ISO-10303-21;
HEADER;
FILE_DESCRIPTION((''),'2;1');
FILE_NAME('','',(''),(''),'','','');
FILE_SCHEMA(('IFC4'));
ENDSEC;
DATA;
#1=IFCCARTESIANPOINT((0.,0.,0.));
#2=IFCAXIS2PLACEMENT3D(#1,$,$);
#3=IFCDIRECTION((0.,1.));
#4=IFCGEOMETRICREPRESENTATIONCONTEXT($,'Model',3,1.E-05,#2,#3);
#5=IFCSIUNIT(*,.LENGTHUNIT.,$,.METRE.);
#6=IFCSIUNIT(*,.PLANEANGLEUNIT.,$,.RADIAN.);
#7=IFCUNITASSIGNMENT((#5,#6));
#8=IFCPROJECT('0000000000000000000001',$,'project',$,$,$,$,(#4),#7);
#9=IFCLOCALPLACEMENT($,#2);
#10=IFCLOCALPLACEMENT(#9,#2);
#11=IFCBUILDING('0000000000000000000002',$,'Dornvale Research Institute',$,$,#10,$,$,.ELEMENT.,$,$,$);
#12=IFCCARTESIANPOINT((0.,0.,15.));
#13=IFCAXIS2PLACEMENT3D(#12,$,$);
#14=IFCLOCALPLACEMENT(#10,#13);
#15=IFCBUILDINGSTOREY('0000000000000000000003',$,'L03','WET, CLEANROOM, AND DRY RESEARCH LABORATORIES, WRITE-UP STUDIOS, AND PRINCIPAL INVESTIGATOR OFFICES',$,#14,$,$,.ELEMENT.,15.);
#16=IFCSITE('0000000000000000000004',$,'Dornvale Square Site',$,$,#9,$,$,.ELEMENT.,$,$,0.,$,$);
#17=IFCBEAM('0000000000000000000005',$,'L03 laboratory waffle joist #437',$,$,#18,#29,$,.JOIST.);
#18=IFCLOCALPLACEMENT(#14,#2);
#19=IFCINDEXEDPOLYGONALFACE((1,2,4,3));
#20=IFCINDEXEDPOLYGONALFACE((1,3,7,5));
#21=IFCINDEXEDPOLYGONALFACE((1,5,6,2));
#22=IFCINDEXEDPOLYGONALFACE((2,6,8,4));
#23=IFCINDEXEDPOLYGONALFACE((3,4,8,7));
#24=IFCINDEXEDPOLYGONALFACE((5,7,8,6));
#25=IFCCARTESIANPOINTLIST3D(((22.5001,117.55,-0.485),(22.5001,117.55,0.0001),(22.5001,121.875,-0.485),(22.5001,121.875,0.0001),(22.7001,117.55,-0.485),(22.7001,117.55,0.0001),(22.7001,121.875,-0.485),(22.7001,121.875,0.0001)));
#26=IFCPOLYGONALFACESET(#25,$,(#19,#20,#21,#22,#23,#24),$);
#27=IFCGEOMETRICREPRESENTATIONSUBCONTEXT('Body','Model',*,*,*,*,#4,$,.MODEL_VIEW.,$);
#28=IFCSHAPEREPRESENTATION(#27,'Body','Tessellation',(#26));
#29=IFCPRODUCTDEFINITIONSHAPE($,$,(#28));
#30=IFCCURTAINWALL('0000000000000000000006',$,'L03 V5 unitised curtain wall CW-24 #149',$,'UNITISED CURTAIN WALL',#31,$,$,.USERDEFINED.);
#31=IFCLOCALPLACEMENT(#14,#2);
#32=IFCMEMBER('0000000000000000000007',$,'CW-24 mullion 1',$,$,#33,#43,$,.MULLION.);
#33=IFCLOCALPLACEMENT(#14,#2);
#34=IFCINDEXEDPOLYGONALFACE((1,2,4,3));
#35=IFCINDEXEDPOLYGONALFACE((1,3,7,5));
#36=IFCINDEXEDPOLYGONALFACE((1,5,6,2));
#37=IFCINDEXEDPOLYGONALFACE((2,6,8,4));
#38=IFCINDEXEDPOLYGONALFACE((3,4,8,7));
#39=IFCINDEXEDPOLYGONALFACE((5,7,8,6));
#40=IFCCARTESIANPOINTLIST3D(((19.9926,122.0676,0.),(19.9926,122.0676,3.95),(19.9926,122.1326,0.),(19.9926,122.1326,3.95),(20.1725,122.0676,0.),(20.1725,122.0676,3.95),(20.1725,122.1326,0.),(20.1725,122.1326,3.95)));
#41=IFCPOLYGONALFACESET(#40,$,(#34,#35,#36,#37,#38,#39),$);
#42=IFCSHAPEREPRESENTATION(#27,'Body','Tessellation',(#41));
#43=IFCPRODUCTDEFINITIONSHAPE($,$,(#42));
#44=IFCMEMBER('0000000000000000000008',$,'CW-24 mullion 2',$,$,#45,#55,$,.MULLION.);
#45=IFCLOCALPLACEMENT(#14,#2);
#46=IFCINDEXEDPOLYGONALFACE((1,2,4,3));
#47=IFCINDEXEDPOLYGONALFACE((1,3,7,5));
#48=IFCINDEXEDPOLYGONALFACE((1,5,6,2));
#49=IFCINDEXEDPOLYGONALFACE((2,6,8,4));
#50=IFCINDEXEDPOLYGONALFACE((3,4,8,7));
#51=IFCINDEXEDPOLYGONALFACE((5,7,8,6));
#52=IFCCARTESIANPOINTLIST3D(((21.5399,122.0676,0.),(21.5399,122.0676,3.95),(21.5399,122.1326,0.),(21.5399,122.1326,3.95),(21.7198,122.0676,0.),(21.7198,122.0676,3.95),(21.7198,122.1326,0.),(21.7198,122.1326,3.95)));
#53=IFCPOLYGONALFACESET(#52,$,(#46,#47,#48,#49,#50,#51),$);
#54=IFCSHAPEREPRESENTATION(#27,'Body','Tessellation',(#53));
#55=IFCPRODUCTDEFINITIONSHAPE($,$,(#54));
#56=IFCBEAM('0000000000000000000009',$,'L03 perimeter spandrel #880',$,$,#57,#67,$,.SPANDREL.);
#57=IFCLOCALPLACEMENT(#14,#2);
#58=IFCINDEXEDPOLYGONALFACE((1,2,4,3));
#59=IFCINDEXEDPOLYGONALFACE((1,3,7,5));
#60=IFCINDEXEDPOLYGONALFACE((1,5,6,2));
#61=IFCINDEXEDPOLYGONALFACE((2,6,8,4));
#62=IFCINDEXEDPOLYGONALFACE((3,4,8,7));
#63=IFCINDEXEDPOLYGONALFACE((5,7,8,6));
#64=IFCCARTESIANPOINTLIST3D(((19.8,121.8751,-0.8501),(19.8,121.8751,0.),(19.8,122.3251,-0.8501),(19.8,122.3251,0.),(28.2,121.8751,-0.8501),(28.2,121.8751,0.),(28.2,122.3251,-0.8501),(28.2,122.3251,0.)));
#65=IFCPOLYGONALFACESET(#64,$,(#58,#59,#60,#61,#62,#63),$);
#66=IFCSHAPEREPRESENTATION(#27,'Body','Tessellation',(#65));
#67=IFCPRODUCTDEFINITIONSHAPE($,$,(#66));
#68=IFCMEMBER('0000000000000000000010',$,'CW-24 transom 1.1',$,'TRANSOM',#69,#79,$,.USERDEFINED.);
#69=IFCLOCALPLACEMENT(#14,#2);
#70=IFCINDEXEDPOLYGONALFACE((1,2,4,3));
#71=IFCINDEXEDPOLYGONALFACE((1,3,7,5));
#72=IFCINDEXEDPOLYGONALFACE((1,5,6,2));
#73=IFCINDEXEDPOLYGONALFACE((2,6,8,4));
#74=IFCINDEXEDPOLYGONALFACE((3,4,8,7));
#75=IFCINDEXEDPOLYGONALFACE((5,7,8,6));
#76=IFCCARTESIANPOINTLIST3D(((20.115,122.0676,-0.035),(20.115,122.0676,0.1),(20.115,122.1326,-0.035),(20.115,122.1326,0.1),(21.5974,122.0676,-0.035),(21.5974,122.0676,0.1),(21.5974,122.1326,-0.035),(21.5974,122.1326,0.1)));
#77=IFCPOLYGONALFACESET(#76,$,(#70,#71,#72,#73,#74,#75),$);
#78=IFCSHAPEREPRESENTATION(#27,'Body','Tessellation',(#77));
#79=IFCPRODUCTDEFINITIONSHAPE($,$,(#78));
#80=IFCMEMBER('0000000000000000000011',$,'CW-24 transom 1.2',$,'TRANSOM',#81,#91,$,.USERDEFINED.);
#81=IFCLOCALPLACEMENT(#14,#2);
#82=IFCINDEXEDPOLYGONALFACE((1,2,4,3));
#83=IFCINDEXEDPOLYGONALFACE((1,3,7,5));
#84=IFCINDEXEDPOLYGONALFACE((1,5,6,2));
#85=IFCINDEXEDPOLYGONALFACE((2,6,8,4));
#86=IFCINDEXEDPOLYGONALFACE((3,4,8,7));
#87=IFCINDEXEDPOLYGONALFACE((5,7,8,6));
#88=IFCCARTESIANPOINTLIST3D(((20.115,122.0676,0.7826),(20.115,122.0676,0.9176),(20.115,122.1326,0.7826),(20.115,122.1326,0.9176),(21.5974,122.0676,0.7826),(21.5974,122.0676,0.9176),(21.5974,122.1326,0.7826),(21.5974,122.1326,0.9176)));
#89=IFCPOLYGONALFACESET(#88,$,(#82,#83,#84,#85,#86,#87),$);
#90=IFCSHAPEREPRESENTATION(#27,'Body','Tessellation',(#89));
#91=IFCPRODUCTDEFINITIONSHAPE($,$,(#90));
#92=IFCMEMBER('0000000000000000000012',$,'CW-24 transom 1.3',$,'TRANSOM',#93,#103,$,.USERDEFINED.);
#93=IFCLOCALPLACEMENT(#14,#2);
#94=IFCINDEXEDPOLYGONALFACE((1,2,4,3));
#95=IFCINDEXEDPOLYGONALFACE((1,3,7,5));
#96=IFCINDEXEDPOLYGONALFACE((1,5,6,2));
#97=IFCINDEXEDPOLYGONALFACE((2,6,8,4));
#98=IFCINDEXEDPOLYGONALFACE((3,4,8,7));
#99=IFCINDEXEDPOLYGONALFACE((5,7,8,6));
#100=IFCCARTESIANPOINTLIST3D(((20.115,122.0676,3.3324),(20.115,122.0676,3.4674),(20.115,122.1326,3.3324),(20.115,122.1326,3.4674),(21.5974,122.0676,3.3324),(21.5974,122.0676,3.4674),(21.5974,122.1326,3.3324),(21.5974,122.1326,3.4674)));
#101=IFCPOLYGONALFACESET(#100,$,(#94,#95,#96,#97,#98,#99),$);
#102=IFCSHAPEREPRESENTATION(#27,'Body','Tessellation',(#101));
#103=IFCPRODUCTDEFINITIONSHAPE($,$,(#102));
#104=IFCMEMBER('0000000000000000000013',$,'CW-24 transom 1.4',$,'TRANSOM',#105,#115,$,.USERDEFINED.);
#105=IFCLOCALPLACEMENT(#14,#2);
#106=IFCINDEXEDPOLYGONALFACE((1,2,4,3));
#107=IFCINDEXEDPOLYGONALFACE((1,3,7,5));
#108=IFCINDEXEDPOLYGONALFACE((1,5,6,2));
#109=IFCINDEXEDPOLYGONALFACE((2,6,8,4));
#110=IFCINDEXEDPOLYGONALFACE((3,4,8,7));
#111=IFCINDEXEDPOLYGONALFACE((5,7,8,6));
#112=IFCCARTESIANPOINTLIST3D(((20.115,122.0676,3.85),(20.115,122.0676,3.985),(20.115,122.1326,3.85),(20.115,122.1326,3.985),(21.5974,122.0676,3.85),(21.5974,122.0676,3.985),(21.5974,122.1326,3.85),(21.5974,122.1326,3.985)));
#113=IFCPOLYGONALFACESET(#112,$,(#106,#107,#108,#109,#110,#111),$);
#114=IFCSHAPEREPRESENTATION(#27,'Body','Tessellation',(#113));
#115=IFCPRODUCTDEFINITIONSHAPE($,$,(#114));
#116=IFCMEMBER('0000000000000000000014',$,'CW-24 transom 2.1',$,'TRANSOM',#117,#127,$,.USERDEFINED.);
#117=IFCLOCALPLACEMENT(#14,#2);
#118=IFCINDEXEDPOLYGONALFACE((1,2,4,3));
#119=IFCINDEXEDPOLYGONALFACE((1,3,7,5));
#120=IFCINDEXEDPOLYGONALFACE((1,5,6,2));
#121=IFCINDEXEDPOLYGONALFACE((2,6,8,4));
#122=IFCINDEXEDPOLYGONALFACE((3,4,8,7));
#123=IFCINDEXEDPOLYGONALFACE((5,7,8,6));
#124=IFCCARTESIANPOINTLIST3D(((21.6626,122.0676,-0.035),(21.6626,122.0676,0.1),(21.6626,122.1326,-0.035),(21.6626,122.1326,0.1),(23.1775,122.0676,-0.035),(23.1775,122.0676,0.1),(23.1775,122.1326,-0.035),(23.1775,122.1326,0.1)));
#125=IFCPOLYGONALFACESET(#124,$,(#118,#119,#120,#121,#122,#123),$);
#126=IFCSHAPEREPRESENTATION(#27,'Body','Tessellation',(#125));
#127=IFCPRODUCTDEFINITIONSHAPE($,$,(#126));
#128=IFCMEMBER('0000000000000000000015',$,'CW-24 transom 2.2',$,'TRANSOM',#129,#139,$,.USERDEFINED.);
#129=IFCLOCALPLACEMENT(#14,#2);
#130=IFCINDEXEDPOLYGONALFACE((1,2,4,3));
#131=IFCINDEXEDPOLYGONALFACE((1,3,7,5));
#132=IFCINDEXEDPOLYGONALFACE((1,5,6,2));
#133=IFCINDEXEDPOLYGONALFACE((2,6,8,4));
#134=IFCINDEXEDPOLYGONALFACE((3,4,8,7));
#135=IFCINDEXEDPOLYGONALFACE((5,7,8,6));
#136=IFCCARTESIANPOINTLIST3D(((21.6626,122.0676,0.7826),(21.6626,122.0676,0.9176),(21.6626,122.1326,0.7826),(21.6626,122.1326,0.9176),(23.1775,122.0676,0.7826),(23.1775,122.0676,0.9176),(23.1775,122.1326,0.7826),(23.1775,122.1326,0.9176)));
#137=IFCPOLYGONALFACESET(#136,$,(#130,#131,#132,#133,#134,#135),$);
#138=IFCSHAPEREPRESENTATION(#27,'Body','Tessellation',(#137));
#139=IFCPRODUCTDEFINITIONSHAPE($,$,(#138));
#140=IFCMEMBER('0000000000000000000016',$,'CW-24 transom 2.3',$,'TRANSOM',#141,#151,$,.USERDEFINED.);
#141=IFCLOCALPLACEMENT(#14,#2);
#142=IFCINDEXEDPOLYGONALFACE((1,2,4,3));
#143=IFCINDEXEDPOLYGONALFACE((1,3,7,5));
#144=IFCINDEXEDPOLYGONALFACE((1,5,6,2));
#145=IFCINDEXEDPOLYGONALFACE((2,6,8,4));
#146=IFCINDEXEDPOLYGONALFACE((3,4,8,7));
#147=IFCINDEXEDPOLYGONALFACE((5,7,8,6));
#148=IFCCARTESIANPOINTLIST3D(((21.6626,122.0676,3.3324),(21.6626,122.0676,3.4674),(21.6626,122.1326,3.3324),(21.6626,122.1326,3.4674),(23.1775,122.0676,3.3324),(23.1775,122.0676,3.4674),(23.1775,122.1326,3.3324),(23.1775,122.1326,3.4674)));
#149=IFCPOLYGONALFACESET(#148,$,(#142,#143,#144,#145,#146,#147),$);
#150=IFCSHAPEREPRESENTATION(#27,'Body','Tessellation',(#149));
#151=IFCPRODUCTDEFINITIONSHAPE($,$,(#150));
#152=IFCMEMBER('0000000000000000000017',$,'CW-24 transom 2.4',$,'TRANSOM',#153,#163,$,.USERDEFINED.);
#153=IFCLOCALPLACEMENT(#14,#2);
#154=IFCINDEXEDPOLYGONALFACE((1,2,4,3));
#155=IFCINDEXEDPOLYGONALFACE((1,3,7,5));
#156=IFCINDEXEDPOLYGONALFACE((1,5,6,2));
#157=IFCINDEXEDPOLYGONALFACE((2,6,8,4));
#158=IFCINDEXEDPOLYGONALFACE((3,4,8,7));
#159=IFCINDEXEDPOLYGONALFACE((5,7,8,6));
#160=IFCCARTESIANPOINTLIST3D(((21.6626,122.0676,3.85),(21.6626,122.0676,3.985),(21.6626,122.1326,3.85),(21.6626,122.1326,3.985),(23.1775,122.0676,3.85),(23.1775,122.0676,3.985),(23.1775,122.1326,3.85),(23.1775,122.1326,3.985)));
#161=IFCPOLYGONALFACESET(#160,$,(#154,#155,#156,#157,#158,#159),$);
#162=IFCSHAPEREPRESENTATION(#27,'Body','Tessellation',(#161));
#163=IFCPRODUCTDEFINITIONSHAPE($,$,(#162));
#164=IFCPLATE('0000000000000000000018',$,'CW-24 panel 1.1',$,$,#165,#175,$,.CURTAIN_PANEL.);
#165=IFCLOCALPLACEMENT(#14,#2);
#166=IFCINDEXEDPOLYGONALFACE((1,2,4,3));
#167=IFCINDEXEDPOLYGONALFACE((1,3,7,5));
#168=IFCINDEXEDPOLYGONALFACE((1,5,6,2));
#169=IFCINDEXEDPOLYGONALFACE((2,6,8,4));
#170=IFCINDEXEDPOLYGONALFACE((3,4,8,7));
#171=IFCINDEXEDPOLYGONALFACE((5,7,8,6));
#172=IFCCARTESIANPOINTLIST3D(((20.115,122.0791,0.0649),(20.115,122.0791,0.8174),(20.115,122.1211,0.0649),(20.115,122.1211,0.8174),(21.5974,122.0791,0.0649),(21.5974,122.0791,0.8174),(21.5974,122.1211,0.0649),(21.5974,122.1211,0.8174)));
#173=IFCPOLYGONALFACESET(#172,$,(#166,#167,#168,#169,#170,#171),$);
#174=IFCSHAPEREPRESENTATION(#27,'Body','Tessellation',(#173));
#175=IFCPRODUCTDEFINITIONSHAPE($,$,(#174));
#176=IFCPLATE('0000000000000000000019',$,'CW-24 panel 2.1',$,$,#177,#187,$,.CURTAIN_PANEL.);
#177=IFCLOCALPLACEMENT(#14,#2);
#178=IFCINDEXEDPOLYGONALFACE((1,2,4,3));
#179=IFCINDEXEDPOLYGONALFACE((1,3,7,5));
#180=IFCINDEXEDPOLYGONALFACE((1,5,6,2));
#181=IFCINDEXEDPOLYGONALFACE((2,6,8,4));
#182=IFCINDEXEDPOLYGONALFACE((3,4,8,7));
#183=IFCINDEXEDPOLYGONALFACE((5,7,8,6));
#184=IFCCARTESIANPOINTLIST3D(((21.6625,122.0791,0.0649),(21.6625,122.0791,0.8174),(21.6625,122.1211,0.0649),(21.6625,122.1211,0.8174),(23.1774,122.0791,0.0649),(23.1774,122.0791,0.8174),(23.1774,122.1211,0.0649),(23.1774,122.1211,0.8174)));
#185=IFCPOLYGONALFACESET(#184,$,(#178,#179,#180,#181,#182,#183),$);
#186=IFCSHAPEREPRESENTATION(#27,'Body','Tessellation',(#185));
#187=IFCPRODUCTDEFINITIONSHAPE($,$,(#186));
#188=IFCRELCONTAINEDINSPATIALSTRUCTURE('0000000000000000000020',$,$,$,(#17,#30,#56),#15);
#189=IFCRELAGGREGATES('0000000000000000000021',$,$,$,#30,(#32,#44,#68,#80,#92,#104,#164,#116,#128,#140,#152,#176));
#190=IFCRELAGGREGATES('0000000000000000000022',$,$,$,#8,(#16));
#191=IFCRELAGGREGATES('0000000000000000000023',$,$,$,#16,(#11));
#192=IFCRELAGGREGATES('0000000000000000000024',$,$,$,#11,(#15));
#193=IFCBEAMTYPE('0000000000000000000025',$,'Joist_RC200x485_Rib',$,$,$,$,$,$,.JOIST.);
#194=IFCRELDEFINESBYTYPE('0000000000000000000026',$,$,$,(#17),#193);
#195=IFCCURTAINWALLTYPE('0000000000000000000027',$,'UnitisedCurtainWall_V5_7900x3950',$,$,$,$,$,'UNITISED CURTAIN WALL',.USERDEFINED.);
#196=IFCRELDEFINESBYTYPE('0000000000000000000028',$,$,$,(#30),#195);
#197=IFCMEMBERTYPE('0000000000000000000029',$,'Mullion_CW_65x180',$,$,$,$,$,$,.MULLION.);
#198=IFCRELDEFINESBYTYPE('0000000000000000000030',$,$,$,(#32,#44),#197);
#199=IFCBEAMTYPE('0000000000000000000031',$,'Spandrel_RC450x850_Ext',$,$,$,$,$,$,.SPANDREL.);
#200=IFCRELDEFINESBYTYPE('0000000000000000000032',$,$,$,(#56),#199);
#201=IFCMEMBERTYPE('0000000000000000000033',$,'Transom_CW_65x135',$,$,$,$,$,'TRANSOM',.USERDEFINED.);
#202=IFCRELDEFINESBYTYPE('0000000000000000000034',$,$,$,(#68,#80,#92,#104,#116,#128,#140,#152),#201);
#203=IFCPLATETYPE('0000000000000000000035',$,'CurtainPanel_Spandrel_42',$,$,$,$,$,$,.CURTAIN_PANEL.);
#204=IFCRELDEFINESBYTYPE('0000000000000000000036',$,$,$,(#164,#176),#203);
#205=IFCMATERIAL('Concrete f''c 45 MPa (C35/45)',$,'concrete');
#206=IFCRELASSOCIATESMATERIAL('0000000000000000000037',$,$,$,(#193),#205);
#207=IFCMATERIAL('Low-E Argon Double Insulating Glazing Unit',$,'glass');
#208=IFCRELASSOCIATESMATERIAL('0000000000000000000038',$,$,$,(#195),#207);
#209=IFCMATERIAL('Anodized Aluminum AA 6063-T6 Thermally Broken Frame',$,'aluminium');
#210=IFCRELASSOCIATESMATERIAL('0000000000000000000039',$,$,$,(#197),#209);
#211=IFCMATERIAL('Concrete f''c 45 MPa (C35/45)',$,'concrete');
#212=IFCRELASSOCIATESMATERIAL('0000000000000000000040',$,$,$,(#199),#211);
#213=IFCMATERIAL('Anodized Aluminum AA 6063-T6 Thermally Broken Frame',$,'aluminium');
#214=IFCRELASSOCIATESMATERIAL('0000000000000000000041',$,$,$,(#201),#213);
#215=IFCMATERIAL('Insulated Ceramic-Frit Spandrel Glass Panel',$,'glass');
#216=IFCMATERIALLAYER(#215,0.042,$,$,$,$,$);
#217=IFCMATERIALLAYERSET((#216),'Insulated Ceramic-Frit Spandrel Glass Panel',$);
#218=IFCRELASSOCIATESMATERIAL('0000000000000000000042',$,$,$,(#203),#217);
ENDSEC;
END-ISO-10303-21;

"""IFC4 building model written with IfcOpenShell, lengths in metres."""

from ifc_helpers import new_model, si_unit, direction, frame, origin, origin_2d, place, context, subcontext, project, spatial, rectangle, extrude, material, layer, layer_set, material_profile, profile_set, type_object, element, aggregate, save


model = new_model("IFC4")

# Units and contexts
model_context = context("Model", 3, precision=1e-05, world=origin(), true_north=direction((0.0, 1.0)))
body_context = subcontext(model_context, "Body", "Model", "MODEL_VIEW")
ifc_project = project(units=[si_unit("LENGTHUNIT", "METRE"), si_unit("PLANEANGLEUNIT", "RADIAN")], contexts=[model_context])

# Site, building, storey
site_placement = place(None, origin())
site = spatial("IfcSite", under=ifc_project, at=site_placement, Name="Dornvale Square Site", CompositionType="ELEMENT", RefElevation=0.0)
building_placement = place(site_placement, origin())
building = spatial("IfcBuilding", under=site, at=building_placement, Name="Dornvale Research Institute", CompositionType="ELEMENT")
storey_placement = place(building_placement, frame((0.0, 0.0, 15.0)))
storey = spatial("IfcBuildingStorey", under=building, at=storey_placement, Name="L03", Description="WET, CLEANROOM, AND DRY RESEARCH LABORATORIES, WRITE-UP STUDIOS, AND PRINCIPAL INVESTIGATOR OFFICES", CompositionType="ELEMENT", Elevation=15.0)

# Beam
ifc_material_1 = material(Name="Concrete f'c 45 MPa (C35/45)", Category="concrete")
ifc_material_profile_1 = material_profile(ifc_material_1, rectangle(XDim=0.2, YDim=0.4851, at=origin_2d()), Name="RC 200x485")
ifc_profile_set_1 = profile_set([ifc_material_profile_1], Name="Concrete f'c 45 MPa (C35/45)")
beam_type_1 = type_object("IfcBeamType", Name="Joist_RC200x485_Rib", PredefinedType="JOIST", material=ifc_profile_set_1)
beam_1_placement = place(storey_placement, frame((22.6001, 117.55, -0.2424), z_axis=(0.0, 1.0, 0.0), x_axis=(-1.0, 0.0, 0.0)))
element("IfcBeam", 1, at=beam_1_placement, inside=storey, type_object=beam_type_1, Name="L03 laboratory waffle joist #437", PredefinedType="JOIST", context=body_context, shape_type="SweptSolid", body=[
    extrude(rectangle(XDim=0.2, YDim=0.4851, at=origin_2d()), origin(), (0.0, 0.0, 1.0), 4.325),
])

# Curtain wall, members
ifc_material_2 = material(Name="Low-E Argon Double Insulating Glazing Unit", Category="glass")
curtain_wall_type = type_object("IfcCurtainWallType", Name="UnitisedCurtainWall_V5_7900x3950", ElementType="UNITISED CURTAIN WALL", PredefinedType="USERDEFINED", material=ifc_material_2)
curtain_wall_placement = place(storey_placement, origin())
curtain_wall = element("IfcCurtainWall", 2, at=curtain_wall_placement, inside=storey, type_object=curtain_wall_type, Name="L03 V5 unitised curtain wall CW-24 #149", ObjectType="UNITISED CURTAIN WALL", PredefinedType="USERDEFINED")
ifc_material_3 = material(Name="Anodized Aluminum AA 6063-T6 Thermally Broken Frame", Category="aluminium")
ifc_material_profile_2 = material_profile(ifc_material_3, rectangle(XDim=0.0649, YDim=0.1799, at=origin_2d()), Name="ALU MULLION 65x180")
ifc_profile_set_2 = profile_set([ifc_material_profile_2], Name="Anodized Aluminum AA 6063-T6 Thermally Broken Frame")
member_type_1 = type_object("IfcMemberType", Name="Mullion_CW_65x180", PredefinedType="MULLION", material=ifc_profile_set_2)
member_1_placement = place(storey_placement, frame((20.0825, 122.1001, 0.0), z_axis=(0.0, 0.0, 1.0), x_axis=(0.0, 1.0, 0.0)))
member_1 = element("IfcMember", 3, at=member_1_placement, type_object=member_type_1, Name="CW-24 mullion 1", PredefinedType="MULLION", context=body_context, shape_type="SweptSolid", body=[
    extrude(rectangle(XDim=0.0649, YDim=0.1799, at=origin_2d()), origin(), (0.0, 0.0, 1.0), 3.95),
])
member_2_placement = place(storey_placement, frame((21.6299, 122.1001, 0.0), z_axis=(0.0, 0.0, 1.0), x_axis=(0.0, 1.0, 0.0)))
member_2 = element("IfcMember", 4, at=member_2_placement, type_object=member_type_1, Name="CW-24 mullion 2", PredefinedType="MULLION", context=body_context, shape_type="SweptSolid", body=[
    extrude(rectangle(XDim=0.0649, YDim=0.1799, at=origin_2d()), origin(), (0.0, 0.0, 1.0), 3.95),
])

# Beam
ifc_material_4 = material(Name="Concrete f'c 45 MPa (C35/45)", Category="concrete")
ifc_material_profile_3 = material_profile(ifc_material_4, rectangle(XDim=0.45, YDim=0.8501, at=origin_2d()), Name="RC 450x850")
ifc_profile_set_3 = profile_set([ifc_material_profile_3], Name="Concrete f'c 45 MPa (C35/45)")
beam_type_2 = type_object("IfcBeamType", Name="Spandrel_RC450x850_Ext", PredefinedType="SPANDREL", material=ifc_profile_set_3)
beam_2_placement = place(storey_placement, frame((19.8, 122.1001, -0.425), z_axis=(1.0, 0.0, 0.0), x_axis=(0.0, 1.0, 0.0)))
element("IfcBeam", 5, at=beam_2_placement, inside=storey, type_object=beam_type_2, Name="L03 perimeter spandrel #880", PredefinedType="SPANDREL", context=body_context, shape_type="SweptSolid", body=[
    extrude(rectangle(XDim=0.45, YDim=0.8501, at=origin_2d()), origin(), (0.0, 0.0, 1.0), 8.3999),
])

# Members
ifc_material_5 = material(Name="Anodized Aluminum AA 6063-T6 Thermally Broken Frame", Category="aluminium")
ifc_material_profile_4 = material_profile(ifc_material_5, rectangle(XDim=0.0649, YDim=0.135, at=origin_2d()), Name="ALU TRANSOM 65x135")
ifc_profile_set_4 = profile_set([ifc_material_profile_4], Name="Anodized Aluminum AA 6063-T6 Thermally Broken Frame")
member_type_2 = type_object("IfcMemberType", Name="Transom_CW_65x135", ElementType="TRANSOM", PredefinedType="USERDEFINED", material=ifc_profile_set_4)
member_3_placement = place(storey_placement, frame((20.115, 122.1001, 0.0325), z_axis=(1.0, 0.0, 0.0), x_axis=(0.0, 1.0, 0.0)))
member_3 = element("IfcMember", 6, at=member_3_placement, type_object=member_type_2, Name="CW-24 transom 1.1", ObjectType="TRANSOM", PredefinedType="USERDEFINED", context=body_context, shape_type="SweptSolid", body=[
    extrude(rectangle(XDim=0.0649, YDim=0.135, at=origin_2d()), origin(), (0.0, 0.0, 1.0), 1.4824),
])
member_4_placement = place(storey_placement, frame((20.115, 122.1001, 0.8501), z_axis=(1.0, 0.0, 0.0), x_axis=(0.0, 1.0, 0.0)))
member_4 = element("IfcMember", 7, at=member_4_placement, type_object=member_type_2, Name="CW-24 transom 1.2", ObjectType="TRANSOM", PredefinedType="USERDEFINED", context=body_context, shape_type="SweptSolid", body=[
    extrude(rectangle(XDim=0.0649, YDim=0.135, at=origin_2d()), origin(), (0.0, 0.0, 1.0), 1.4824),
])
member_5_placement = place(storey_placement, frame((20.115, 122.1001, 3.3999), z_axis=(1.0, 0.0, 0.0), x_axis=(0.0, 1.0, 0.0)))
member_5 = element("IfcMember", 8, at=member_5_placement, type_object=member_type_2, Name="CW-24 transom 1.3", ObjectType="TRANSOM", PredefinedType="USERDEFINED", context=body_context, shape_type="SweptSolid", body=[
    extrude(rectangle(XDim=0.0649, YDim=0.135, at=origin_2d()), origin(), (0.0, 0.0, 1.0), 1.4824),
])
member_6_placement = place(storey_placement, frame((20.115, 122.1001, 3.9175), z_axis=(1.0, 0.0, 0.0), x_axis=(0.0, 1.0, 0.0)))
member_6 = element("IfcMember", 9, at=member_6_placement, type_object=member_type_2, Name="CW-24 transom 1.4", ObjectType="TRANSOM", PredefinedType="USERDEFINED", context=body_context, shape_type="SweptSolid", body=[
    extrude(rectangle(XDim=0.0649, YDim=0.135, at=origin_2d()), origin(), (0.0, 0.0, 1.0), 1.4824),
])
member_7_placement = place(storey_placement, frame((21.6626, 122.1001, 0.0325), z_axis=(1.0, 0.0, 0.0), x_axis=(0.0, 1.0, 0.0)))
member_7 = element("IfcMember", 10, at=member_7_placement, type_object=member_type_2, Name="CW-24 transom 2.1", ObjectType="TRANSOM", PredefinedType="USERDEFINED", context=body_context, shape_type="SweptSolid", body=[
    extrude(rectangle(XDim=0.0649, YDim=0.135, at=origin_2d()), origin(), (0.0, 0.0, 1.0), 1.5149),
])
member_8_placement = place(storey_placement, frame((21.6626, 122.1001, 0.8501), z_axis=(1.0, 0.0, 0.0), x_axis=(0.0, 1.0, 0.0)))
member_8 = element("IfcMember", 11, at=member_8_placement, type_object=member_type_2, Name="CW-24 transom 2.2", ObjectType="TRANSOM", PredefinedType="USERDEFINED", context=body_context, shape_type="SweptSolid", body=[
    extrude(rectangle(XDim=0.0649, YDim=0.135, at=origin_2d()), origin(), (0.0, 0.0, 1.0), 1.5149),
])
member_9_placement = place(storey_placement, frame((21.6626, 122.1001, 3.3999), z_axis=(1.0, 0.0, 0.0), x_axis=(0.0, 1.0, 0.0)))
member_9 = element("IfcMember", 12, at=member_9_placement, type_object=member_type_2, Name="CW-24 transom 2.3", ObjectType="TRANSOM", PredefinedType="USERDEFINED", context=body_context, shape_type="SweptSolid", body=[
    extrude(rectangle(XDim=0.0649, YDim=0.135, at=origin_2d()), origin(), (0.0, 0.0, 1.0), 1.5149),
])
member_10_placement = place(storey_placement, frame((21.6626, 122.1001, 3.9175), z_axis=(1.0, 0.0, 0.0), x_axis=(0.0, 1.0, 0.0)))
member_10 = element("IfcMember", 13, at=member_10_placement, type_object=member_type_2, Name="CW-24 transom 2.4", ObjectType="TRANSOM", PredefinedType="USERDEFINED", context=body_context, shape_type="SweptSolid", body=[
    extrude(rectangle(XDim=0.0649, YDim=0.135, at=origin_2d()), origin(), (0.0, 0.0, 1.0), 1.5149),
])

# Plates
ifc_material_6 = material(Name="Insulated Ceramic-Frit Spandrel Glass Panel", Category="glass")
ifc_layer_1 = layer(ifc_material_6, 0.042)
ifc_layer_set_1 = layer_set([ifc_layer_1], Name="Insulated Ceramic-Frit Spandrel Glass Panel")
plate_type_1 = type_object("IfcPlateType", Name="CurtainPanel_Spandrel_42", PredefinedType="CURTAIN_PANEL", material=ifc_layer_set_1)
plate_1_placement = place(storey_placement, frame((20.8562, 122.1001, 0.0649), z_axis=(0.0, 0.0, 1.0), x_axis=(1.0, 0.0, 0.0)))
plate_1 = element("IfcPlate", 14, at=plate_1_placement, type_object=plate_type_1, Name="CW-24 panel 1.1", PredefinedType="CURTAIN_PANEL", context=body_context, shape_type="SweptSolid", body=[
    extrude(rectangle(XDim=1.4824, YDim=0.042, at=origin_2d()), origin(), (0.0, 0.0, 1.0), 0.7524),
])
plate_2_placement = place(storey_placement, frame((22.4199, 122.1001, 0.0649), z_axis=(0.0, 0.0, 1.0), x_axis=(1.0, 0.0, 0.0)))
plate_2 = element("IfcPlate", 15, at=plate_2_placement, type_object=plate_type_1, Name="CW-24 panel 2.1", PredefinedType="CURTAIN_PANEL", context=body_context, shape_type="SweptSolid", body=[
    extrude(rectangle(XDim=1.5149, YDim=0.042, at=origin_2d()), origin(), (0.0, 0.0, 1.0), 0.7524),
])
aggregate(curtain_wall, [member_1, member_2, member_3, member_4, member_5, member_6, plate_1, member_7, member_8, member_9, member_10, plate_2])

save(model, "model.ifc")
